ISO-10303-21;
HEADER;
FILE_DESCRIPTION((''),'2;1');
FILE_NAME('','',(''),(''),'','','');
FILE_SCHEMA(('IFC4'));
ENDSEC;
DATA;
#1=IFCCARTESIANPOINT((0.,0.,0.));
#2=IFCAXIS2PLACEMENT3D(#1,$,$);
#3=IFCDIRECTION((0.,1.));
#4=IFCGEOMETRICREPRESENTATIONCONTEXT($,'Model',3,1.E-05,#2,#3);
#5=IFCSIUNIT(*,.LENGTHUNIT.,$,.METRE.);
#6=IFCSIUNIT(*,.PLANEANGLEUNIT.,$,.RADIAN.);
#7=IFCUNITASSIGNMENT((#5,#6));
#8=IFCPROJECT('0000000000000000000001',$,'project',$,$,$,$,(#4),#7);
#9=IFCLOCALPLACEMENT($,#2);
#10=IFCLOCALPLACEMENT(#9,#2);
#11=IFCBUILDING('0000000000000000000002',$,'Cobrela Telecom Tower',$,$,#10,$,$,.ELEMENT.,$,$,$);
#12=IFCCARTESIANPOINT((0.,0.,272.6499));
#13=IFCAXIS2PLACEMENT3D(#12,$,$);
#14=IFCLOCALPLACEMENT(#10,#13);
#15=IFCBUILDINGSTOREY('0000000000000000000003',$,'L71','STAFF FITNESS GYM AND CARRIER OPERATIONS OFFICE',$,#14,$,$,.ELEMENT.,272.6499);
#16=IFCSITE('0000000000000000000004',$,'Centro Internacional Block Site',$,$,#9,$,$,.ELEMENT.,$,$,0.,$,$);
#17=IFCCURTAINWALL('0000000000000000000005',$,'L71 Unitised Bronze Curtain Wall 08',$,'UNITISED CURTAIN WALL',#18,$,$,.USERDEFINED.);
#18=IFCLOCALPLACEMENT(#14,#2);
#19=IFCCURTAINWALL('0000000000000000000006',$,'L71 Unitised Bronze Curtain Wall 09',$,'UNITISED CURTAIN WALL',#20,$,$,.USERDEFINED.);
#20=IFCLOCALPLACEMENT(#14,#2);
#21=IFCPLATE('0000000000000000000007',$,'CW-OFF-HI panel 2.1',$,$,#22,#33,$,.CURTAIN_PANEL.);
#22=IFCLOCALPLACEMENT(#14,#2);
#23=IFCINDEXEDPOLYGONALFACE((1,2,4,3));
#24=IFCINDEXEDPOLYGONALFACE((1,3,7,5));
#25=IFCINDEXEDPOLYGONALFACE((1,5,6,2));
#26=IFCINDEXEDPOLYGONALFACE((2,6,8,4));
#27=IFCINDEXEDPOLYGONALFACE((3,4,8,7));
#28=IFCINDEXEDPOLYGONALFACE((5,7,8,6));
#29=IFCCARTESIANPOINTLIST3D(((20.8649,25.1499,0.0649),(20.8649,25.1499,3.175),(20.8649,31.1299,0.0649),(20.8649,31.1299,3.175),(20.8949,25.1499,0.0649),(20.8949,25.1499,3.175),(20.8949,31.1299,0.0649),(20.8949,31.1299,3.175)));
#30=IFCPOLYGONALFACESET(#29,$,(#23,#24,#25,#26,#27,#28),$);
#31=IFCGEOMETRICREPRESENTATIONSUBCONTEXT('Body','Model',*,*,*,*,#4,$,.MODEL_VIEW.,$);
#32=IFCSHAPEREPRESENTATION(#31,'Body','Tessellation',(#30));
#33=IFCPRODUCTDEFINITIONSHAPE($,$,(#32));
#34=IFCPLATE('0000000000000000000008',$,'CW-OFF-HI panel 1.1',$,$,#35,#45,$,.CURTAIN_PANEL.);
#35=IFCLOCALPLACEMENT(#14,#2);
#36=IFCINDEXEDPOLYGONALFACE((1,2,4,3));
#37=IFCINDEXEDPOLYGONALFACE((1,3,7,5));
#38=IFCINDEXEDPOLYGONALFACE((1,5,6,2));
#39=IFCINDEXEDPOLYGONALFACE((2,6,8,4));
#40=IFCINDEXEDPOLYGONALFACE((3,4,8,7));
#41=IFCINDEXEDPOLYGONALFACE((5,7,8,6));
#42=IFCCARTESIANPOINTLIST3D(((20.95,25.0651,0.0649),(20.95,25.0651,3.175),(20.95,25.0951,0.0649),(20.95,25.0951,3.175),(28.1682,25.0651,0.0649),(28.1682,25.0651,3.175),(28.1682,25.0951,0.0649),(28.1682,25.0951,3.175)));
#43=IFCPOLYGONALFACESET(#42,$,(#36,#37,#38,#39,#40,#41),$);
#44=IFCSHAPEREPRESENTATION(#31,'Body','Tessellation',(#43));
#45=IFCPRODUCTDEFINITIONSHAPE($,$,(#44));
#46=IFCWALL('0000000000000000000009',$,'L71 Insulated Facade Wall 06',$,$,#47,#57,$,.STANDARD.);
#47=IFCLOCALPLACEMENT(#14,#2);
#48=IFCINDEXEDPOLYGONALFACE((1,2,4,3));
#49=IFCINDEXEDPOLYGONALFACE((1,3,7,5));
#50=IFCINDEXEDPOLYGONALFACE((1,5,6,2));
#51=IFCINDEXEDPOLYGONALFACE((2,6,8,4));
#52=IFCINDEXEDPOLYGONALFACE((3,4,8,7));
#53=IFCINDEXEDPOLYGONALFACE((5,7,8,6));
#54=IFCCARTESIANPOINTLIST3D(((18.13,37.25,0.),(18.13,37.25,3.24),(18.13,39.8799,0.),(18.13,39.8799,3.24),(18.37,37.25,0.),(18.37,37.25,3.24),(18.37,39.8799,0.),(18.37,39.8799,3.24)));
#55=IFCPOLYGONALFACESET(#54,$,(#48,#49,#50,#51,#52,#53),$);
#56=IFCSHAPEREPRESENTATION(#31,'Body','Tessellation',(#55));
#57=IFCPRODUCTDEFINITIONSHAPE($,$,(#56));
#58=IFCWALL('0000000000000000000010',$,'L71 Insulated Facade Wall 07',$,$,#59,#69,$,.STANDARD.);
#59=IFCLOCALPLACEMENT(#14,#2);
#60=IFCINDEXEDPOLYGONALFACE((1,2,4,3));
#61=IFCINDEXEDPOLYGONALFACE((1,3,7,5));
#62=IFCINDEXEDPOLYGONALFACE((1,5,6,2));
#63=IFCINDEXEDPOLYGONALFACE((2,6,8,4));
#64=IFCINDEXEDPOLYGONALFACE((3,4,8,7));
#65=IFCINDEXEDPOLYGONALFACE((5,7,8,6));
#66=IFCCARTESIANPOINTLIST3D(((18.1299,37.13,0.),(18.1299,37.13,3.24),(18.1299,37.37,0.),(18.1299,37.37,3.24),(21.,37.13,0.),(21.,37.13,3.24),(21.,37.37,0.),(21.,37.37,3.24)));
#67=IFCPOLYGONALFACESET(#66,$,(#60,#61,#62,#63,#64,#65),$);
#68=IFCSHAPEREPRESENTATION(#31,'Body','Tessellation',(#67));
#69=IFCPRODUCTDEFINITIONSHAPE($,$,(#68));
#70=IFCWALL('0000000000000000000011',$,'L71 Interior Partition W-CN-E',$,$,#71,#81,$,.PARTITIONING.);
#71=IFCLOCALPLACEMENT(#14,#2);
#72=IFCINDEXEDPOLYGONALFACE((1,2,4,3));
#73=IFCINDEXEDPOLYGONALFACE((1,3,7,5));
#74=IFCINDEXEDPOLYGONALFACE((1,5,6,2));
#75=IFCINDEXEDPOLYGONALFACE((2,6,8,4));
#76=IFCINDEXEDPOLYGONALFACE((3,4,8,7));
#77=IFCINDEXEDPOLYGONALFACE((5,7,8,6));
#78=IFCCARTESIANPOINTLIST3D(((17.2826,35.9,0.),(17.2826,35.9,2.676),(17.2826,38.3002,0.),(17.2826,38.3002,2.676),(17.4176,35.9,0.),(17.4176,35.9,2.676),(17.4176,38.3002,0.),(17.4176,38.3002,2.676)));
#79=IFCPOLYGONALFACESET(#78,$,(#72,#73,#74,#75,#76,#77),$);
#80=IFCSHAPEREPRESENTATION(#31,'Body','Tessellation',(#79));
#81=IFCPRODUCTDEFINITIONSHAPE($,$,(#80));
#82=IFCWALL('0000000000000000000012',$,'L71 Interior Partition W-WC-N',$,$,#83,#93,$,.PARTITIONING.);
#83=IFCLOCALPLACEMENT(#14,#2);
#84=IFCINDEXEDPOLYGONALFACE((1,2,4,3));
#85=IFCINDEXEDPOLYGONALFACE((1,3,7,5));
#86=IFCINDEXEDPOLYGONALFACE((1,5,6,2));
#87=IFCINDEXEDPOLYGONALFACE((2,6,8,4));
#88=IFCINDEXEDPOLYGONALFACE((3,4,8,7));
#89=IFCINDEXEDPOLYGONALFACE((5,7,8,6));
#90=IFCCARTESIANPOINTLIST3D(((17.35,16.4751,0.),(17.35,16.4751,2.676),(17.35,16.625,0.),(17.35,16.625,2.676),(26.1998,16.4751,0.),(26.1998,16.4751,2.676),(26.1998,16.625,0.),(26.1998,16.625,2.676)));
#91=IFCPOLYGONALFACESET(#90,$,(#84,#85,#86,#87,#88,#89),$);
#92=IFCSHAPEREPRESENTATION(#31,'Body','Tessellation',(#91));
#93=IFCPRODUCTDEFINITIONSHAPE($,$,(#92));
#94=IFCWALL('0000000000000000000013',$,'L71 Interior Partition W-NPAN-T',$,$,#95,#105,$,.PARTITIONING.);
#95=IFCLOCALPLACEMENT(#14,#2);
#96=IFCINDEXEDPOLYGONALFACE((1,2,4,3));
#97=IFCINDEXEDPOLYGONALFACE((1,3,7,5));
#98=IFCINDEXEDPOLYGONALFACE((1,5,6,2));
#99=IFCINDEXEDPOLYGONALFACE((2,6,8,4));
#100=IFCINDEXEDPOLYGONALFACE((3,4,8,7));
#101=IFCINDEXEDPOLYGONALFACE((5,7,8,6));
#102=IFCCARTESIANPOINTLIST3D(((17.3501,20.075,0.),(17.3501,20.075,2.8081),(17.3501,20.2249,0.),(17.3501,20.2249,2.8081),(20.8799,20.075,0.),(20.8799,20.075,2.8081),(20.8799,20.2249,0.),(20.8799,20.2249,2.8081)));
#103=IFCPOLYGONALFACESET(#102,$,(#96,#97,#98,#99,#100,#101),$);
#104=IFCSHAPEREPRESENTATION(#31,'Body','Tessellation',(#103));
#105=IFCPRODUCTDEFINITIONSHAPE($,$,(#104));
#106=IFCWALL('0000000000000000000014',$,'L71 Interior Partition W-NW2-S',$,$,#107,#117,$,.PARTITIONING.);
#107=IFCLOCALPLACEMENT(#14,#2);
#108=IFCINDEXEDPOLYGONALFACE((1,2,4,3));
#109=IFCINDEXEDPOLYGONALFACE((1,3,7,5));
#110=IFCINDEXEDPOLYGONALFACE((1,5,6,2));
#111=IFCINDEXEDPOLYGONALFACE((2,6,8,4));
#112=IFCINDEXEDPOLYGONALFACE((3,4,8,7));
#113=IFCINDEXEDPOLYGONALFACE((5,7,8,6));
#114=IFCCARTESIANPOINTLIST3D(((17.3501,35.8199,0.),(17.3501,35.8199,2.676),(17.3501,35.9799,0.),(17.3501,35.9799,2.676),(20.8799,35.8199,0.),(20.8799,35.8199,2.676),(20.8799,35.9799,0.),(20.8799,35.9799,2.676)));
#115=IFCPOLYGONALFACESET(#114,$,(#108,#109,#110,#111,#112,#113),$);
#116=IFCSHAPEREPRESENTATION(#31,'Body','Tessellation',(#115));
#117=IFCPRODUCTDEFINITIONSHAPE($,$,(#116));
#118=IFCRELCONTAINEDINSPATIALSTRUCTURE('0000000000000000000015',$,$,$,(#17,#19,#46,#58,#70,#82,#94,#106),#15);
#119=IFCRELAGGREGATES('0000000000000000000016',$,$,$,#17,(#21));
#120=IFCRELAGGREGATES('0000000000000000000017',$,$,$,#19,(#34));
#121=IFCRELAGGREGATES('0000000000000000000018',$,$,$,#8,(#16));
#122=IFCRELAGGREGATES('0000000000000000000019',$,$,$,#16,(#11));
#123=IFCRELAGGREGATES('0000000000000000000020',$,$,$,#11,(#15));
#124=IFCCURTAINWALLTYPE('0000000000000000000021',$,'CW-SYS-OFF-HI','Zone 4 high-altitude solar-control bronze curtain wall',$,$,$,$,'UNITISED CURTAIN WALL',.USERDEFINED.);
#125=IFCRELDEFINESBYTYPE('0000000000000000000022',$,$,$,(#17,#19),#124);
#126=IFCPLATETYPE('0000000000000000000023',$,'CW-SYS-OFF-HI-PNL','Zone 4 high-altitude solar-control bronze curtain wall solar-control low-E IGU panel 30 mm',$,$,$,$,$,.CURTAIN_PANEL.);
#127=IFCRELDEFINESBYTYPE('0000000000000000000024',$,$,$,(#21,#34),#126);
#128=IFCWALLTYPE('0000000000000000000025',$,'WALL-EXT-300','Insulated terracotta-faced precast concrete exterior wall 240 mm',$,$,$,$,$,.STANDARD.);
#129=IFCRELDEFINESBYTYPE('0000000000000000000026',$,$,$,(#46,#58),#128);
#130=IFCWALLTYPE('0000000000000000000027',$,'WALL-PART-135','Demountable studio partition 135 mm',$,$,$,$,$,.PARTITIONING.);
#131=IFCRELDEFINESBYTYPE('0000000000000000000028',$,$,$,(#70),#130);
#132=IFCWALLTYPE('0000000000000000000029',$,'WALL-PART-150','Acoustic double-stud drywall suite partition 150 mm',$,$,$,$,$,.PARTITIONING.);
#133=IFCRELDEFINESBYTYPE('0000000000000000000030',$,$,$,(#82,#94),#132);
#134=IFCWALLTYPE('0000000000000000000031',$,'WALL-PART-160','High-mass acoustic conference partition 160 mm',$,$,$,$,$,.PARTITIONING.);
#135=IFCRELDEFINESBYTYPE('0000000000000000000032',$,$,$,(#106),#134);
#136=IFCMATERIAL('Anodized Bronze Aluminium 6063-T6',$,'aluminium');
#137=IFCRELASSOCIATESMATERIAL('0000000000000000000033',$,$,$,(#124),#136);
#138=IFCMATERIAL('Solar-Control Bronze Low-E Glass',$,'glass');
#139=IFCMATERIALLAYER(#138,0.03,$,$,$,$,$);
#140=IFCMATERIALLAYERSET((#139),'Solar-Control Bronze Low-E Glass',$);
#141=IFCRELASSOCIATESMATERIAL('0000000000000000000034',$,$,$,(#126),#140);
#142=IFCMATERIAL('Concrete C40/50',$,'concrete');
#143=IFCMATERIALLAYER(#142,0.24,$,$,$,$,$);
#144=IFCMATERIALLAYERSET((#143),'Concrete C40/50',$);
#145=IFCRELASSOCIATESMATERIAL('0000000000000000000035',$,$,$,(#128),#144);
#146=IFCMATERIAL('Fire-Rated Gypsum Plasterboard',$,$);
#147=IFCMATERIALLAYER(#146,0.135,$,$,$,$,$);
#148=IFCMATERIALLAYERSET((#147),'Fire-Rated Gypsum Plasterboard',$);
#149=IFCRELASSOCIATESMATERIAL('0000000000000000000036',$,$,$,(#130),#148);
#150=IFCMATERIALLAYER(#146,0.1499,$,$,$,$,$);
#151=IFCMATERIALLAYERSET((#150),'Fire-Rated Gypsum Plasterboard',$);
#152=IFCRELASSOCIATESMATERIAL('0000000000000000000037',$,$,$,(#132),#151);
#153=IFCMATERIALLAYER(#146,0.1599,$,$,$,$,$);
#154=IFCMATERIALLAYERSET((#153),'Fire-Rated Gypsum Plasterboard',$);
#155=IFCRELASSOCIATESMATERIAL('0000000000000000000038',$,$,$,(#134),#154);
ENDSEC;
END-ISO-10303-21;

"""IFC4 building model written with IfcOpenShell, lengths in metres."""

from ifc_helpers import new_model, si_unit, direction, frame, frame_2d, origin, origin_2d, place, context, subcontext, project, spatial, rectangle, extrude, material, layer, layer_set, type_object, element, aggregate, save


model = new_model("IFC4")

# Units and contexts
model_context = context("Model", 3, precision=1e-05, world=origin(), true_north=direction((0.0, 1.0)))
body_context = subcontext(model_context, "Body", "Model", "MODEL_VIEW")
ifc_project = project(units=[si_unit("LENGTHUNIT", "METRE"), si_unit("PLANEANGLEUNIT", "RADIAN")], contexts=[model_context])

# Site, building, storey
site_placement = place(None, origin())
site = spatial("IfcSite", under=ifc_project, at=site_placement, Name="Centro Internacional Block Site", CompositionType="ELEMENT", RefElevation=0.0)
building_placement = place(site_placement, origin())
building = spatial("IfcBuilding", under=site, at=building_placement, Name="Cobrela Telecom Tower", CompositionType="ELEMENT")
storey_placement = place(building_placement, frame((0.0, 0.0, 272.6499)))
storey = spatial("IfcBuildingStorey", under=building, at=storey_placement, Name="L71", Description="STAFF FITNESS GYM AND CARRIER OPERATIONS OFFICE", CompositionType="ELEMENT", Elevation=272.6499)

# Shared definitions
ifc_material_1 = material(Name="Anodized Bronze Aluminium 6063-T6", Category="aluminium")
curtain_wall_type = type_object("IfcCurtainWallType", Name="CW-SYS-OFF-HI", Description="Zone 4 high-altitude solar-control bronze curtain wall", ElementType="UNITISED CURTAIN WALL", PredefinedType="USERDEFINED", material=ifc_material_1)

# Curtain walls
curtain_wall_1_placement = place(storey_placement, origin())
curtain_wall_1 = element("IfcCurtainWall", 1, at=curtain_wall_1_placement, inside=storey, type_object=curtain_wall_type, Name="L71 Unitised Bronze Curtain Wall 08", ObjectType="UNITISED CURTAIN WALL", PredefinedType="USERDEFINED")
curtain_wall_2_placement = place(storey_placement, origin())
curtain_wall_2 = element("IfcCurtainWall", 2, at=curtain_wall_2_placement, inside=storey, type_object=curtain_wall_type, Name="L71 Unitised Bronze Curtain Wall 09", ObjectType="UNITISED CURTAIN WALL", PredefinedType="USERDEFINED")

# Plates
ifc_material_2 = material(Name="Solar-Control Bronze Low-E Glass", Category="glass")
ifc_layer_1 = layer(ifc_material_2, 0.03)
ifc_layer_set_1 = layer_set([ifc_layer_1], Name="Solar-Control Bronze Low-E Glass")
plate_type = type_object("IfcPlateType", Name="CW-SYS-OFF-HI-PNL", Description="Zone 4 high-altitude solar-control bronze curtain wall solar-control low-E IGU panel 30 mm", PredefinedType="CURTAIN_PANEL", material=ifc_layer_set_1)
plate_1_placement = place(storey_placement, frame((20.8799, 28.1399, 0.0649), z_axis=(0.0, 0.0, 1.0), x_axis=(0.0, -1.0, 0.0)))
plate_1 = element("IfcPlate", 3, at=plate_1_placement, type_object=plate_type, Name="CW-OFF-HI panel 2.1", PredefinedType="CURTAIN_PANEL", context=body_context, shape_type="SweptSolid", body=[
    extrude(rectangle(XDim=5.98, YDim=0.03, at=origin_2d()), origin(), (0.0, 0.0, 1.0), 3.1101),
])
aggregate(curtain_wall_1, [plate_1])
plate_2_placement = place(storey_placement, frame((24.5591, 25.0801, 0.0649), z_axis=(0.0, 0.0, 1.0), x_axis=(1.0, 0.0, 0.0)))
plate_2 = element("IfcPlate", 4, at=plate_2_placement, type_object=plate_type, Name="CW-OFF-HI panel 1.1", PredefinedType="CURTAIN_PANEL", context=body_context, shape_type="SweptSolid", body=[
    extrude(rectangle(XDim=7.2183, YDim=0.03, at=origin_2d()), origin(), (0.0, 0.0, 1.0), 3.1101),
])
aggregate(curtain_wall_2, [plate_2])

# Walls
ifc_material_3 = material(Name="Concrete C40/50", Category="concrete")
ifc_layer_2 = layer(ifc_material_3, 0.24)
ifc_layer_set_2 = layer_set([ifc_layer_2], Name="Concrete C40/50")
wall_type_1 = type_object("IfcWallType", Name="WALL-EXT-300", Description="Insulated terracotta-faced precast concrete exterior wall 240 mm", PredefinedType="STANDARD", material=ifc_layer_set_2)
wall_1_placement = place(storey_placement, frame((18.25, 39.8799, 0.0), z_axis=(0.0, 0.0, 1.0), x_axis=(0.0, -1.0, 0.0)))
element("IfcWall", 5, at=wall_1_placement, inside=storey, type_object=wall_type_1, Name="L71 Insulated Facade Wall 06", PredefinedType="STANDARD", context=body_context, shape_type="SweptSolid", body=[
    extrude(rectangle(XDim=2.6299, YDim=0.24, at=frame_2d((1.3149, 0.0))), origin(), (0.0, 0.0, 1.0), 3.24),
])
wall_2_placement = place(storey_placement, frame((18.1299, 37.25, 0.0), z_axis=(0.0, 0.0, 1.0), x_axis=(1.0, 0.0, 0.0)))
element("IfcWall", 6, at=wall_2_placement, inside=storey, type_object=wall_type_1, Name="L71 Insulated Facade Wall 07", PredefinedType="STANDARD", context=body_context, shape_type="SweptSolid", body=[
    extrude(rectangle(XDim=2.8701, YDim=0.24, at=frame_2d((1.4351, 0.0))), origin(), (0.0, 0.0, 1.0), 3.24),
])
ifc_material_4 = material(Name="Fire-Rated Gypsum Plasterboard")
ifc_layer_3 = layer(ifc_material_4, 0.135)
ifc_layer_set_3 = layer_set([ifc_layer_3], Name="Fire-Rated Gypsum Plasterboard")
wall_type_2 = type_object("IfcWallType", Name="WALL-PART-135", Description="Demountable studio partition 135 mm", PredefinedType="PARTITIONING", material=ifc_layer_set_3)
wall_3_placement = place(storey_placement, frame((17.3501, 35.8999, 0.0), z_axis=(0.0, 0.0, 1.0), x_axis=(0.0, 1.0, 0.0)))
element("IfcWall", 7, at=wall_3_placement, inside=storey, type_object=wall_type_2, Name="L71 Interior Partition W-CN-E", PredefinedType="PARTITIONING", context=body_context, shape_type="SweptSolid", body=[
    extrude(rectangle(XDim=2.4001, YDim=0.135, at=frame_2d((1.2002, 0.0))), origin(), (0.0, 0.0, 1.0), 2.676),
])
ifc_layer_4 = layer(ifc_material_4, 0.1499)
ifc_layer_set_4 = layer_set([ifc_layer_4], Name="Fire-Rated Gypsum Plasterboard")
wall_type_3 = type_object("IfcWallType", Name="WALL-PART-150", Description="Acoustic double-stud drywall suite partition 150 mm", PredefinedType="PARTITIONING", material=ifc_layer_set_4)
wall_4_placement = place(storey_placement, frame((17.3501, 16.55, 0.0), z_axis=(0.0, 0.0, 1.0), x_axis=(1.0, 0.0, 0.0)))
element("IfcWall", 8, at=wall_4_placement, inside=storey, type_object=wall_type_3, Name="L71 Interior Partition W-WC-N", PredefinedType="PARTITIONING", context=body_context, shape_type="SweptSolid", body=[
    extrude(rectangle(XDim=8.8499, YDim=0.1499, at=frame_2d((4.4248, 0.0))), origin(), (0.0, 0.0, 1.0), 2.676),
])
wall_5_placement = place(storey_placement, frame((17.3501, 20.1499, 0.0), z_axis=(0.0, 0.0, 1.0), x_axis=(1.0, 0.0, 0.0)))
element("IfcWall", 9, at=wall_5_placement, inside=storey, type_object=wall_type_3, Name="L71 Interior Partition W-NPAN-T", PredefinedType="PARTITIONING", context=body_context, shape_type="SweptSolid", body=[
    extrude(rectangle(XDim=3.5298, YDim=0.1499, at=frame_2d((1.7649, 0.0))), origin(), (0.0, 0.0, 1.0), 2.8081),
])
ifc_layer_5 = layer(ifc_material_4, 0.1599)
ifc_layer_set_5 = layer_set([ifc_layer_5], Name="Fire-Rated Gypsum Plasterboard")
wall_type_4 = type_object("IfcWallType", Name="WALL-PART-160", Description="High-mass acoustic conference partition 160 mm", PredefinedType="PARTITIONING", material=ifc_layer_set_5)
wall_6_placement = place(storey_placement, frame((17.3501, 35.8999, 0.0), z_axis=(0.0, 0.0, 1.0), x_axis=(1.0, 0.0, 0.0)))
element("IfcWall", 10, at=wall_6_placement, inside=storey, type_object=wall_type_4, Name="L71 Interior Partition W-NW2-S", PredefinedType="PARTITIONING", context=body_context, shape_type="SweptSolid", body=[
    extrude(rectangle(XDim=3.5298, YDim=0.1599, at=frame_2d((1.7649, 0.0))), origin(), (0.0, 0.0, 1.0), 2.676),
])

save(model, "model.ifc")
